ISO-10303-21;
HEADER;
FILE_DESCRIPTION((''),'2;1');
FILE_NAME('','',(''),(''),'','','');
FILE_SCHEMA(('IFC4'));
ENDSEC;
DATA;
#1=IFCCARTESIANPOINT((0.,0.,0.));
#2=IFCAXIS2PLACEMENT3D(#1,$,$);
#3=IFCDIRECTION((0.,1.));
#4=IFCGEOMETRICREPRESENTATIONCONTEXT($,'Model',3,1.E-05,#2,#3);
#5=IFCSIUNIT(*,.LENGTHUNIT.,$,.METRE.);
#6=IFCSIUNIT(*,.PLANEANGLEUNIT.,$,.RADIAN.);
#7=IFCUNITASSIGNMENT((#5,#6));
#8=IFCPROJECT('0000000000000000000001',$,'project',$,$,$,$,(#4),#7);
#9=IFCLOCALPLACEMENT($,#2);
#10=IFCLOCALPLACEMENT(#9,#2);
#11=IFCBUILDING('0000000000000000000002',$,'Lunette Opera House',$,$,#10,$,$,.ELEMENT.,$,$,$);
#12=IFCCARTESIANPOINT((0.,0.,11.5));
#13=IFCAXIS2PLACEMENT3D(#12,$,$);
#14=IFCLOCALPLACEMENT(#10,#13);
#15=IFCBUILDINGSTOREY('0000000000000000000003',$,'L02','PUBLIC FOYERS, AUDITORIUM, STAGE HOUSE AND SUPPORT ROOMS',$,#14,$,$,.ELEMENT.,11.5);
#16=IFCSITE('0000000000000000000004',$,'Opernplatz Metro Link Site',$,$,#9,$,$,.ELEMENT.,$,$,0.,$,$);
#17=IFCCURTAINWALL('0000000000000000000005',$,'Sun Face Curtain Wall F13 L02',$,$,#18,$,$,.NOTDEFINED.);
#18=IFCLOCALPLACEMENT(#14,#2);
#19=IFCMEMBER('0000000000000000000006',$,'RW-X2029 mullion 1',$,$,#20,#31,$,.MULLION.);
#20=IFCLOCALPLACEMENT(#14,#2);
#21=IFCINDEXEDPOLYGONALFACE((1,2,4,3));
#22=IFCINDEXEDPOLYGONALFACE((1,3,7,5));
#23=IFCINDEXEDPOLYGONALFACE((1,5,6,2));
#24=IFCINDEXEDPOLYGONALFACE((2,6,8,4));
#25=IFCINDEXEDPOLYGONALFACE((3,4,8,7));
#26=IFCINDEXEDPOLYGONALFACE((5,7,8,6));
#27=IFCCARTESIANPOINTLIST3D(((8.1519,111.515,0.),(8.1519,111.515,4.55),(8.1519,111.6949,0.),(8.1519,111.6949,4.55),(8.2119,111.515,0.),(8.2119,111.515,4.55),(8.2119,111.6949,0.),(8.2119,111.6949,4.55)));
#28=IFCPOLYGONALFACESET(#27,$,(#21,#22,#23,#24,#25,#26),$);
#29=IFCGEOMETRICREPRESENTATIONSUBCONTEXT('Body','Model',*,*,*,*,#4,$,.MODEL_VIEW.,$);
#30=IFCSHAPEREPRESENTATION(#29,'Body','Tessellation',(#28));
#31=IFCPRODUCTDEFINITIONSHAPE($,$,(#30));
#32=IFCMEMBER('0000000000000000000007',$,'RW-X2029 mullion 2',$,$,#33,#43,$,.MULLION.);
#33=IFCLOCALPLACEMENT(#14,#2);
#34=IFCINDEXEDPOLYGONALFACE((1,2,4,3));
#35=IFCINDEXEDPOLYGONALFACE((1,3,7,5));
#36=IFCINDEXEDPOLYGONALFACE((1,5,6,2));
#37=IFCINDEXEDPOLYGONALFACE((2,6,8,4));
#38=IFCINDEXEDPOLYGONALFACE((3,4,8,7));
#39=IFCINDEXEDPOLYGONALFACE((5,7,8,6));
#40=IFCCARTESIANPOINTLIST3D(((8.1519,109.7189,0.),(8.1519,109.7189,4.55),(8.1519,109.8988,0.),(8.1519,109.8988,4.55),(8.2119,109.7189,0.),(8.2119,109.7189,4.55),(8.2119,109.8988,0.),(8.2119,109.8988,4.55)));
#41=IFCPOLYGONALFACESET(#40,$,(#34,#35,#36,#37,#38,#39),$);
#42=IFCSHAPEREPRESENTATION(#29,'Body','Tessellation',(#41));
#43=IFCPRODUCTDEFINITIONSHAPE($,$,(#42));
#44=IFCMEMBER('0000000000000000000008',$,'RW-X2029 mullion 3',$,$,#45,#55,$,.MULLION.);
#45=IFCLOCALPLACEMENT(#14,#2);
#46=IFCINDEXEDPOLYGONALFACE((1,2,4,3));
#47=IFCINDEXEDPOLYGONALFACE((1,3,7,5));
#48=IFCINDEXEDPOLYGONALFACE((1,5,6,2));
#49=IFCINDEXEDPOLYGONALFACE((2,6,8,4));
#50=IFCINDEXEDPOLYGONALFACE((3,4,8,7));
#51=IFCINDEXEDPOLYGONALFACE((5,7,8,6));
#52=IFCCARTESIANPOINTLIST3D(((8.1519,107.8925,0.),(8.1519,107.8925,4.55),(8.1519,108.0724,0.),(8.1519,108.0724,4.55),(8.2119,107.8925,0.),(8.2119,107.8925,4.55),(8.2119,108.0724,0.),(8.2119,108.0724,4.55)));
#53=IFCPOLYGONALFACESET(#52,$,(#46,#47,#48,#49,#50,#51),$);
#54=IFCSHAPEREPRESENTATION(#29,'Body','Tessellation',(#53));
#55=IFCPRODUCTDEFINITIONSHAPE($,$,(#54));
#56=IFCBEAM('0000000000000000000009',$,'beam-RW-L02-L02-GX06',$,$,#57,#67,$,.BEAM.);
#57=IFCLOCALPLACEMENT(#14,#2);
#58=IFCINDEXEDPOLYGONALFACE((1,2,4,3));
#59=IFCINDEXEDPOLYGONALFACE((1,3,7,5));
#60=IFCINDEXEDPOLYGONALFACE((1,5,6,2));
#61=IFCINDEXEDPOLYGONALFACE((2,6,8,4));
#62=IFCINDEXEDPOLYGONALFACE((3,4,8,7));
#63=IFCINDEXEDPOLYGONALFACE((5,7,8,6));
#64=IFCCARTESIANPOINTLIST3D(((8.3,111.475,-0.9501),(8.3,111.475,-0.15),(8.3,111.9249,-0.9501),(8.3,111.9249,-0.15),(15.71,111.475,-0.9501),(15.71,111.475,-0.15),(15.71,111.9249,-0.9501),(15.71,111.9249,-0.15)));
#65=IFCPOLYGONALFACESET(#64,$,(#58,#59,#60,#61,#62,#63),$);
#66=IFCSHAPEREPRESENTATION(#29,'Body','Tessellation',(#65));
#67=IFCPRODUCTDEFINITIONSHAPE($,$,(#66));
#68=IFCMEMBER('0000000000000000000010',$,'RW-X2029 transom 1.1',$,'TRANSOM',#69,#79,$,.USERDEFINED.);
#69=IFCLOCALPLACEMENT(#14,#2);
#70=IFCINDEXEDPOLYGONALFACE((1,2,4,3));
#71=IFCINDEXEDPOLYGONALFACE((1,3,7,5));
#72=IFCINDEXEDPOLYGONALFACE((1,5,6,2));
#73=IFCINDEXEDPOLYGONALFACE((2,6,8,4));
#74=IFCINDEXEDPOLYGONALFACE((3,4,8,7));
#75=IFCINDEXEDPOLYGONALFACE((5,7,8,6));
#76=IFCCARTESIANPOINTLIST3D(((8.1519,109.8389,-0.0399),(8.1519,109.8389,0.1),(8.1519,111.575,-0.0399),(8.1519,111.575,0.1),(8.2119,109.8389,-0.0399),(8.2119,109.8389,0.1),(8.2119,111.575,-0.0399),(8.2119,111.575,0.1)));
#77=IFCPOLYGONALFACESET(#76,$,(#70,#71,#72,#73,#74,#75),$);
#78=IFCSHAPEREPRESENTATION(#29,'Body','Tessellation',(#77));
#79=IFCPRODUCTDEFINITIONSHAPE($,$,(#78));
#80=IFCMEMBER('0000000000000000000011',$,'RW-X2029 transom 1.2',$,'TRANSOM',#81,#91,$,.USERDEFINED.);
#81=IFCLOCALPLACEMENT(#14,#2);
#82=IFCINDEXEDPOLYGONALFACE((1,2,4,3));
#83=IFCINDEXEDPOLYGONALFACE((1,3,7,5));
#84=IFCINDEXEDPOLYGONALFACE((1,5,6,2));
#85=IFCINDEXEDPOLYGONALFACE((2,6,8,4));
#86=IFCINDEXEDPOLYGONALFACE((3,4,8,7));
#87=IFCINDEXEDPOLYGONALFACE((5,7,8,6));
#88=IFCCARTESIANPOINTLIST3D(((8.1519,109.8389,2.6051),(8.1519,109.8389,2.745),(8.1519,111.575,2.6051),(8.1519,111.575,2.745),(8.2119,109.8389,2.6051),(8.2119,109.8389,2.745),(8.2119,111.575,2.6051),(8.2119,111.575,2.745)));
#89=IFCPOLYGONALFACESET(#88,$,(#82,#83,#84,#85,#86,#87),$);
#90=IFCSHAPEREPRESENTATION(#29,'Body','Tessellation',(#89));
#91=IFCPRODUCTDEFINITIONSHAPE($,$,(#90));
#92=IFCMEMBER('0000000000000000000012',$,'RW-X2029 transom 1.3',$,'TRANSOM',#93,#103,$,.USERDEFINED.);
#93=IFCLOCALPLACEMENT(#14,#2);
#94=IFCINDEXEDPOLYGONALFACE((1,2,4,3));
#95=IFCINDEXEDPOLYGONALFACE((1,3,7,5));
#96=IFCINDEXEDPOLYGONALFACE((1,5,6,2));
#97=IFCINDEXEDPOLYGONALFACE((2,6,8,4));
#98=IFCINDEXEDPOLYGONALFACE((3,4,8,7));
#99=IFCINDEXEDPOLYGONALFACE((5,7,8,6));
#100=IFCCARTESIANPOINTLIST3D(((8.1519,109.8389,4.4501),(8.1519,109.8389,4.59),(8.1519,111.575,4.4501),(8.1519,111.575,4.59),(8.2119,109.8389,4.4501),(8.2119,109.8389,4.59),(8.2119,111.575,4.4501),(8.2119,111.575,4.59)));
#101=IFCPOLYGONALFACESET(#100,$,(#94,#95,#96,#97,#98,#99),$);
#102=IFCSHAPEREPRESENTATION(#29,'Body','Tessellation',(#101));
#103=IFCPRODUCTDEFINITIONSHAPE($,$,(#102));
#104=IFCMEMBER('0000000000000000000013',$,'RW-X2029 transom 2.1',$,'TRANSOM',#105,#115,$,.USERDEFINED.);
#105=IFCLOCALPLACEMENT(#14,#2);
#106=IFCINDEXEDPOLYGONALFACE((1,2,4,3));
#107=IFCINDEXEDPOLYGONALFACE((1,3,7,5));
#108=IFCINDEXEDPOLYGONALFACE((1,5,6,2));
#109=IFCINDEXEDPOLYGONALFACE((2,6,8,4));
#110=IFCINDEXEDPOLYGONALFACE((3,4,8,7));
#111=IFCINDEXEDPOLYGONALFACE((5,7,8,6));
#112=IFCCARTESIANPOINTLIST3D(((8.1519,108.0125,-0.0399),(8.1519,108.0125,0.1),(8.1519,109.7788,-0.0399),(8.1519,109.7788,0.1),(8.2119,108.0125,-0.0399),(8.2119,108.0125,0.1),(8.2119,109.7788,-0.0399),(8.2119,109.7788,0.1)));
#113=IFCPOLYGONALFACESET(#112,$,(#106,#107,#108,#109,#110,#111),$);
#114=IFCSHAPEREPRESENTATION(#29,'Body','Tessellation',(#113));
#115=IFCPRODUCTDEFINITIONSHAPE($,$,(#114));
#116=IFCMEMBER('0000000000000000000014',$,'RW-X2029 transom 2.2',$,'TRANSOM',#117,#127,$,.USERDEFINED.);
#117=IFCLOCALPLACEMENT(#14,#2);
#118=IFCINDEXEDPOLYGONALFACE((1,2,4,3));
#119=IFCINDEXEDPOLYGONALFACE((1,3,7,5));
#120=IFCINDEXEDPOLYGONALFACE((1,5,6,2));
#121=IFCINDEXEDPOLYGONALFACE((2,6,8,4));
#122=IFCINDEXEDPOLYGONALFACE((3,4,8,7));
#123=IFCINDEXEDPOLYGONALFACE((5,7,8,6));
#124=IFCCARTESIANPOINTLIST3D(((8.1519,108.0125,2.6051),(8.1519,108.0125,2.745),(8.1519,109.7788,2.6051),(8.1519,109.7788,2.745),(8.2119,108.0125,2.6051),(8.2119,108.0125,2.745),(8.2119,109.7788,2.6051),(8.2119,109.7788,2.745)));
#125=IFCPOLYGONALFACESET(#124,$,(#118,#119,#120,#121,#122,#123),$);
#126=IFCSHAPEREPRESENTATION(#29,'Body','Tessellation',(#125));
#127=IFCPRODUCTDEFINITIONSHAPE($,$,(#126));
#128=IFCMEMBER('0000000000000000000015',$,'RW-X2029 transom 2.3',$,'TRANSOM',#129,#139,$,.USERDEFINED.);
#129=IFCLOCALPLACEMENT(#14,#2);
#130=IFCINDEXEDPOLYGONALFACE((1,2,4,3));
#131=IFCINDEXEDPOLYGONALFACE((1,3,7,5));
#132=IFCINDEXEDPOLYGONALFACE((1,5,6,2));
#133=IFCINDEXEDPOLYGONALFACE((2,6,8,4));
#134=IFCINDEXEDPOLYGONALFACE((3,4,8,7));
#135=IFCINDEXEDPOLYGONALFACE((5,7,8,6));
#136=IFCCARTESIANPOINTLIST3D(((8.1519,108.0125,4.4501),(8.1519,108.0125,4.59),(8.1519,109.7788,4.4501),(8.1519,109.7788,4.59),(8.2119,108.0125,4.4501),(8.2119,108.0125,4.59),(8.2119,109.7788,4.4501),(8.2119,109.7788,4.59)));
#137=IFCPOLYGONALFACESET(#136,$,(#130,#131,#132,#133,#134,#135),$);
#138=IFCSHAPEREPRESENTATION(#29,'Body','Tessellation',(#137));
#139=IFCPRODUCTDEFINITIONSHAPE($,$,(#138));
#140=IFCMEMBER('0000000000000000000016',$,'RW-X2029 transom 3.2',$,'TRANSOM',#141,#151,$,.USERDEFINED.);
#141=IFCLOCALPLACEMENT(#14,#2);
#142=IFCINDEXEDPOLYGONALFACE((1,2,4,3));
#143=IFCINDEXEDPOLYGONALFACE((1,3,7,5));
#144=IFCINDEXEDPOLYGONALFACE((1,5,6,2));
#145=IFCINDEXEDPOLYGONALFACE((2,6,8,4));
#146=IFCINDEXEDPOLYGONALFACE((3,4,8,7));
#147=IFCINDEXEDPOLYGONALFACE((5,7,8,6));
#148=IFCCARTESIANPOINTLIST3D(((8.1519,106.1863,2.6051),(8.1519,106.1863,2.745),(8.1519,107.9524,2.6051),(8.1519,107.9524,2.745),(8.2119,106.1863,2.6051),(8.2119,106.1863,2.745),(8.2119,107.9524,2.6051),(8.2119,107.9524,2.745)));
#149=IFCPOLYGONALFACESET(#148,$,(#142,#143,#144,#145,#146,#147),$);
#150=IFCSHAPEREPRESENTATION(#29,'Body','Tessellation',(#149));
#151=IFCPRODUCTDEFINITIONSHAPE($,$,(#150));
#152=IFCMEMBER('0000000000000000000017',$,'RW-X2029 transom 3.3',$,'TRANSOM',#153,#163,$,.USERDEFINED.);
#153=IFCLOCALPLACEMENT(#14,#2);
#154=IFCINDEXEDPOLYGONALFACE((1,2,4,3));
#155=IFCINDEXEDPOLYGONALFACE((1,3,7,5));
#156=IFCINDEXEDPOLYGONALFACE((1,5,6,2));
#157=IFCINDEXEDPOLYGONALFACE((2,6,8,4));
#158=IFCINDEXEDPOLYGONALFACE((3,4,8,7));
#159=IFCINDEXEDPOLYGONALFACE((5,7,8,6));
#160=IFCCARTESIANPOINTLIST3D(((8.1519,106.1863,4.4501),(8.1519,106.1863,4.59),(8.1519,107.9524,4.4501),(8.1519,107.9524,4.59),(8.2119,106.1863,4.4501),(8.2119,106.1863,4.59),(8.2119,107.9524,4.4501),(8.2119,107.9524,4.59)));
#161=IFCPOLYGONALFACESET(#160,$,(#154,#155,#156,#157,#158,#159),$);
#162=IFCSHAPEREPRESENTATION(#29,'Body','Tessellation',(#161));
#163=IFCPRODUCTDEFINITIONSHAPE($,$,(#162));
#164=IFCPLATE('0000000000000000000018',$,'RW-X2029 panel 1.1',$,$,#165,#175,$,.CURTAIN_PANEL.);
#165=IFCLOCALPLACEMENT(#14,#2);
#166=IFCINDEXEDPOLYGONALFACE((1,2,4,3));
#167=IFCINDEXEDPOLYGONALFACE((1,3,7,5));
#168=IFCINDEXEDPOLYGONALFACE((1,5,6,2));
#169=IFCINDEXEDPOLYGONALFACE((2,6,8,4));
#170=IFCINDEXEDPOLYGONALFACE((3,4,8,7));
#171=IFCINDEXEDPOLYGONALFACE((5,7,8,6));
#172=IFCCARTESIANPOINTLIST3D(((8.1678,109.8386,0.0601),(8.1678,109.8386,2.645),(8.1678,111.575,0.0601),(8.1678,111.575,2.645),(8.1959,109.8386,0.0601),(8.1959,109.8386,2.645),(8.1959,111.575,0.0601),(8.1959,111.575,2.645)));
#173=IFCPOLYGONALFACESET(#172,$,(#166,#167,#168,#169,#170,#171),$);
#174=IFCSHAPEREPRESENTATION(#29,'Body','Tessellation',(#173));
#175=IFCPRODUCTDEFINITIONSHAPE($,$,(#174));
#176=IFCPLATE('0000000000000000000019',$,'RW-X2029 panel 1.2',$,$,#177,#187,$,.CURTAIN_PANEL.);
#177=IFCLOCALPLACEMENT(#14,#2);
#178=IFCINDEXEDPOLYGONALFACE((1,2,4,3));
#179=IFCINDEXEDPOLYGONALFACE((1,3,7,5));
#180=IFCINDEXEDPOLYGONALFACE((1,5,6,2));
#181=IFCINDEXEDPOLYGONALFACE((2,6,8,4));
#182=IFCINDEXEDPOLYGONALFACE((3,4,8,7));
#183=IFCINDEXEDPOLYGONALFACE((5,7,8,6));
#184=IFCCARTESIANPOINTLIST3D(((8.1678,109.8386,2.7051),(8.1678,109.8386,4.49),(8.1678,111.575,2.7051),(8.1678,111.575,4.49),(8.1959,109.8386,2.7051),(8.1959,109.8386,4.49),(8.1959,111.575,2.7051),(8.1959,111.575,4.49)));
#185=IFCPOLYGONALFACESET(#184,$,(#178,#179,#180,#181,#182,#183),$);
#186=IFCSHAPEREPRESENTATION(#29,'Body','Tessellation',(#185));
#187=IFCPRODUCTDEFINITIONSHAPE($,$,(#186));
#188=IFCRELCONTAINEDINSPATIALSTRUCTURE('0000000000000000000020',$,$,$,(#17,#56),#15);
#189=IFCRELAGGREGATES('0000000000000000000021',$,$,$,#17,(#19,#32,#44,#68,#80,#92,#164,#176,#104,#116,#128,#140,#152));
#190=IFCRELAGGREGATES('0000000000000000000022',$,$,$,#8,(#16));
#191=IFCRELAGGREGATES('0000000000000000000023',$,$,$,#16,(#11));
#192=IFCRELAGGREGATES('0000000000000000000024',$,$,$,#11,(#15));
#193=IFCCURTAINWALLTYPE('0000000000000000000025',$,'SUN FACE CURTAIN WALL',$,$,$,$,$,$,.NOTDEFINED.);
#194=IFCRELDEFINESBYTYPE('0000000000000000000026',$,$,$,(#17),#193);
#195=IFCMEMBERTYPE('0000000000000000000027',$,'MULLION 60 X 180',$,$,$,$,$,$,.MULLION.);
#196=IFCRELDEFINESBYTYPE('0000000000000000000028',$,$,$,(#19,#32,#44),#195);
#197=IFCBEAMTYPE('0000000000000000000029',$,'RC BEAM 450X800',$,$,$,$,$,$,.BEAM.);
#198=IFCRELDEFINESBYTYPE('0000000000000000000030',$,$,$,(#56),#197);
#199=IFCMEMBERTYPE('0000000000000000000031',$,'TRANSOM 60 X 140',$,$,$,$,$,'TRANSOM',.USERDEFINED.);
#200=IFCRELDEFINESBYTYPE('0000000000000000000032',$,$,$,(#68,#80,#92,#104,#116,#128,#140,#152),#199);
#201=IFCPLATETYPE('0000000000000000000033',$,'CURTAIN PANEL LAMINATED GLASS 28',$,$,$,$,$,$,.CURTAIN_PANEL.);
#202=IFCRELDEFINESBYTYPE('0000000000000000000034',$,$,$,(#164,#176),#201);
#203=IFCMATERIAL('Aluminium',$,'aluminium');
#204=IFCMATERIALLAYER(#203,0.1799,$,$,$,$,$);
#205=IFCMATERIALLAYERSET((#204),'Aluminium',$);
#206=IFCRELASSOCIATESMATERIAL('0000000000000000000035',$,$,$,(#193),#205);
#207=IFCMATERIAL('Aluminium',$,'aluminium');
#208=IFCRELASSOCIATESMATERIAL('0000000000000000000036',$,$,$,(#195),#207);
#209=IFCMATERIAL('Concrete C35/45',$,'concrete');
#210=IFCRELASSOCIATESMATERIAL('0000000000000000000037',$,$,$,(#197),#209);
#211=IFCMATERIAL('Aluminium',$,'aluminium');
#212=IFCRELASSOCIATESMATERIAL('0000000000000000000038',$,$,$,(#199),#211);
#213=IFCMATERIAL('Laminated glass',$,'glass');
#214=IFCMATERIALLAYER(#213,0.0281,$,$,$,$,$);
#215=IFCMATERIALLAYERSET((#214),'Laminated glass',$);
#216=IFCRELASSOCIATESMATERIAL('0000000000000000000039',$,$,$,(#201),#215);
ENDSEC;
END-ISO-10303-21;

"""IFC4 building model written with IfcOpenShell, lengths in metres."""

from ifc_helpers import new_model, si_unit, direction, frame, origin, origin_2d, place, context, subcontext, project, spatial, rectangle, extrude, material, layer, layer_set, material_profile, profile_set, type_object, element, aggregate, save


model = new_model("IFC4")

# Units and contexts
model_context = context("Model", 3, precision=1e-05, world=origin(), true_north=direction((0.0, 1.0)))
body_context = subcontext(model_context, "Body", "Model", "MODEL_VIEW")
ifc_project = project(units=[si_unit("LENGTHUNIT", "METRE"), si_unit("PLANEANGLEUNIT", "RADIAN")], contexts=[model_context])

# Site, building, storey
site_placement = place(None, origin())
site = spatial("IfcSite", under=ifc_project, at=site_placement, Name="Opernplatz Metro Link Site", CompositionType="ELEMENT", RefElevation=0.0)
building_placement = place(site_placement, origin())
building = spatial("IfcBuilding", under=site, at=building_placement, Name="Lunette Opera House", CompositionType="ELEMENT")
storey_placement = place(building_placement, frame((0.0, 0.0, 11.5)))
storey = spatial("IfcBuildingStorey", under=building, at=storey_placement, Name="L02", Description="PUBLIC FOYERS, AUDITORIUM, STAGE HOUSE AND SUPPORT ROOMS", CompositionType="ELEMENT", Elevation=11.5)

# Curtain wall, members
ifc_material_1 = material(Name="Aluminium", Category="aluminium")
ifc_layer_1 = layer(ifc_material_1, 0.1799)
ifc_layer_set_1 = layer_set([ifc_layer_1], Name="Aluminium")
curtain_wall_type = type_object("IfcCurtainWallType", Name="SUN FACE CURTAIN WALL", PredefinedType="NOTDEFINED", material=ifc_layer_set_1)
curtain_wall_placement = place(storey_placement, origin())
curtain_wall = element("IfcCurtainWall", 1, at=curtain_wall_placement, inside=storey, type_object=curtain_wall_type, Name="Sun Face Curtain Wall F13 L02", PredefinedType="NOTDEFINED")
ifc_material_2 = material(Name="Aluminium", Category="aluminium")
ifc_material_profile_1 = material_profile(ifc_material_2, rectangle(XDim=0.0601, YDim=0.1799, at=origin_2d()), Name="MULLION 60 X 180")
ifc_profile_set_1 = profile_set([ifc_material_profile_1], Name="Aluminium")
member_type_1 = type_object("IfcMemberType", Name="MULLION 60 X 180", PredefinedType="MULLION", material=ifc_profile_set_1)
member_1_placement = place(storey_placement, frame((8.1819, 111.605, 0.0), z_axis=(0.0, 0.0, 1.0), x_axis=(1.0, 0.0, 0.0)))
member_1 = element("IfcMember", 2, at=member_1_placement, type_object=member_type_1, Name="RW-X2029 mullion 1", PredefinedType="MULLION", context=body_context, shape_type="SweptSolid", body=[
    extrude(rectangle(XDim=0.0601, YDim=0.1799, at=origin_2d()), origin(), (0.0, 0.0, 1.0), 4.55),
])
member_2_placement = place(storey_placement, frame((8.1819, 109.8088, 0.0), z_axis=(0.0, 0.0, 1.0), x_axis=(1.0, 0.0, 0.0)))
member_2 = element("IfcMember", 3, at=member_2_placement, type_object=member_type_1, Name="RW-X2029 mullion 2", PredefinedType="MULLION", context=body_context, shape_type="SweptSolid", body=[
    extrude(rectangle(XDim=0.0601, YDim=0.1799, at=origin_2d()), origin(), (0.0, 0.0, 1.0), 4.55),
])
member_3_placement = place(storey_placement, frame((8.1819, 107.9824, 0.0), z_axis=(0.0, 0.0, 1.0), x_axis=(1.0, 0.0, 0.0)))
member_3 = element("IfcMember", 4, at=member_3_placement, type_object=member_type_1, Name="RW-X2029 mullion 3", PredefinedType="MULLION", context=body_context, shape_type="SweptSolid", body=[
    extrude(rectangle(XDim=0.0601, YDim=0.1799, at=origin_2d()), origin(), (0.0, 0.0, 1.0), 4.55),
])

# Beam
ifc_material_3 = material(Name="Concrete C35/45", Category="concrete")
ifc_material_profile_2 = material_profile(ifc_material_3, rectangle(XDim=0.45, YDim=0.8, at=origin_2d()), Name="RC BEAM 450X800")
ifc_profile_set_2 = profile_set([ifc_material_profile_2], Name="Concrete C35/45")
beam_type = type_object("IfcBeamType", Name="RC BEAM 450X800", PredefinedType="BEAM", material=ifc_profile_set_2)
beam_placement = place(storey_placement, frame((8.3, 111.7, -0.55), z_axis=(1.0, 0.0, 0.0), x_axis=(0.0, 1.0, 0.0)))
element("IfcBeam", 5, at=beam_placement, inside=storey, type_object=beam_type, Name="beam-RW-L02-L02-GX06", PredefinedType="BEAM", context=body_context, shape_type="SweptSolid", body=[
    extrude(rectangle(XDim=0.45, YDim=0.8, at=origin_2d()), origin(), (0.0, 0.0, 1.0), 7.4099),
])

# Members
ifc_material_4 = material(Name="Aluminium", Category="aluminium")
ifc_material_profile_3 = material_profile(ifc_material_4, rectangle(XDim=0.0601, YDim=0.1399, at=origin_2d()), Name="TRANSOM 60 X 140")
ifc_profile_set_3 = profile_set([ifc_material_profile_3], Name="Aluminium")
member_type_2 = type_object("IfcMemberType", Name="TRANSOM 60 X 140", ElementType="TRANSOM", PredefinedType="USERDEFINED", material=ifc_profile_set_3)
member_4_placement = place(storey_placement, frame((8.1819, 111.575, 0.03), z_axis=(0.0, -1.0, 0.0), x_axis=(1.0, 0.0, 0.0)))
member_4 = element("IfcMember", 6, at=member_4_placement, type_object=member_type_2, Name="RW-X2029 transom 1.1", ObjectType="TRANSOM", PredefinedType="USERDEFINED", context=body_context, shape_type="SweptSolid", body=[
    extrude(rectangle(XDim=0.0601, YDim=0.1399, at=origin_2d()), origin(), (0.0, 0.0, 1.0), 1.7361),
])
member_5_placement = place(storey_placement, frame((8.1819, 111.575, 2.675), z_axis=(0.0, -1.0, 0.0), x_axis=(1.0, 0.0, 0.0)))
member_5 = element("IfcMember", 7, at=member_5_placement, type_object=member_type_2, Name="RW-X2029 transom 1.2", ObjectType="TRANSOM", PredefinedType="USERDEFINED", context=body_context, shape_type="SweptSolid", body=[
    extrude(rectangle(XDim=0.0601, YDim=0.1399, at=origin_2d()), origin(), (0.0, 0.0, 1.0), 1.7361),
])
member_6_placement = place(storey_placement, frame((8.1819, 111.575, 4.52), z_axis=(0.0, -1.0, 0.0), x_axis=(1.0, 0.0, 0.0)))
member_6 = element("IfcMember", 8, at=member_6_placement, type_object=member_type_2, Name="RW-X2029 transom 1.3", ObjectType="TRANSOM", PredefinedType="USERDEFINED", context=body_context, shape_type="SweptSolid", body=[
    extrude(rectangle(XDim=0.0601, YDim=0.1399, at=origin_2d()), origin(), (0.0, 0.0, 1.0), 1.7361),
])
member_7_placement = place(storey_placement, frame((8.1819, 109.7788, 0.03), z_axis=(0.0, -1.0, 0.0), x_axis=(1.0, 0.0, 0.0)))
member_7 = element("IfcMember", 9, at=member_7_placement, type_object=member_type_2, Name="RW-X2029 transom 2.1", ObjectType="TRANSOM", PredefinedType="USERDEFINED", context=body_context, shape_type="SweptSolid", body=[
    extrude(rectangle(XDim=0.0601, YDim=0.1399, at=origin_2d()), origin(), (0.0, 0.0, 1.0), 1.7664),
])
member_8_placement = place(storey_placement, frame((8.1819, 109.7788, 2.675), z_axis=(0.0, -1.0, 0.0), x_axis=(1.0, 0.0, 0.0)))
member_8 = element("IfcMember", 10, at=member_8_placement, type_object=member_type_2, Name="RW-X2029 transom 2.2", ObjectType="TRANSOM", PredefinedType="USERDEFINED", context=body_context, shape_type="SweptSolid", body=[
    extrude(rectangle(XDim=0.0601, YDim=0.1399, at=origin_2d()), origin(), (0.0, 0.0, 1.0), 1.7664),
])
member_9_placement = place(storey_placement, frame((8.1819, 109.7788, 4.52), z_axis=(0.0, -1.0, 0.0), x_axis=(1.0, 0.0, 0.0)))
member_9 = element("IfcMember", 11, at=member_9_placement, type_object=member_type_2, Name="RW-X2029 transom 2.3", ObjectType="TRANSOM", PredefinedType="USERDEFINED", context=body_context, shape_type="SweptSolid", body=[
    extrude(rectangle(XDim=0.0601, YDim=0.1399, at=origin_2d()), origin(), (0.0, 0.0, 1.0), 1.7664),
])
member_10_placement = place(storey_placement, frame((8.1819, 107.9524, 2.675), z_axis=(0.0, -1.0, 0.0), x_axis=(1.0, 0.0, 0.0)))
member_10 = element("IfcMember", 12, at=member_10_placement, type_object=member_type_2, Name="RW-X2029 transom 3.2", ObjectType="TRANSOM", PredefinedType="USERDEFINED", context=body_context, shape_type="SweptSolid", body=[
    extrude(rectangle(XDim=0.0601, YDim=0.1399, at=origin_2d()), origin(), (0.0, 0.0, 1.0), 1.7661),
])
member_11_placement = place(storey_placement, frame((8.1819, 107.9524, 4.52), z_axis=(0.0, -1.0, 0.0), x_axis=(1.0, 0.0, 0.0)))
member_11 = element("IfcMember", 13, at=member_11_placement, type_object=member_type_2, Name="RW-X2029 transom 3.3", ObjectType="TRANSOM", PredefinedType="USERDEFINED", context=body_context, shape_type="SweptSolid", body=[
    extrude(rectangle(XDim=0.0601, YDim=0.1399, at=origin_2d()), origin(), (0.0, 0.0, 1.0), 1.7661),
])

# Plates
ifc_material_5 = material(Name="Laminated glass", Category="glass")
ifc_layer_2 = layer(ifc_material_5, 0.0281)
ifc_layer_set_2 = layer_set([ifc_layer_2], Name="Laminated glass")
plate_type = type_object("IfcPlateType", Name="CURTAIN PANEL LAMINATED GLASS 28", PredefinedType="CURTAIN_PANEL", material=ifc_layer_set_2)
plate_1_placement = place(storey_placement, frame((8.1819, 110.7068, 0.0601), z_axis=(0.0, 0.0, 1.0), x_axis=(0.0, -1.0, 0.0)))
plate_1 = element("IfcPlate", 14, at=plate_1_placement, type_object=plate_type, Name="RW-X2029 panel 1.1", PredefinedType="CURTAIN_PANEL", context=body_context, shape_type="SweptSolid", body=[
    extrude(rectangle(XDim=1.7363, YDim=0.0281, at=origin_2d()), origin(), (0.0, 0.0, 1.0), 2.585),
])
plate_2_placement = place(storey_placement, frame((8.1819, 110.7068, 2.7051), z_axis=(0.0, 0.0, 1.0), x_axis=(0.0, -1.0, 0.0)))
plate_2 = element("IfcPlate", 15, at=plate_2_placement, type_object=plate_type, Name="RW-X2029 panel 1.2", PredefinedType="CURTAIN_PANEL", context=body_context, shape_type="SweptSolid", body=[
    extrude(rectangle(XDim=1.7363, YDim=0.0281, at=origin_2d()), origin(), (0.0, 0.0, 1.0), 1.7849),
])
aggregate(curtain_wall, [member_1, member_2, member_3, member_4, member_5, member_6, plate_1, plate_2, member_7, member_8, member_9, member_10, member_11])

save(model, "model.ifc")
